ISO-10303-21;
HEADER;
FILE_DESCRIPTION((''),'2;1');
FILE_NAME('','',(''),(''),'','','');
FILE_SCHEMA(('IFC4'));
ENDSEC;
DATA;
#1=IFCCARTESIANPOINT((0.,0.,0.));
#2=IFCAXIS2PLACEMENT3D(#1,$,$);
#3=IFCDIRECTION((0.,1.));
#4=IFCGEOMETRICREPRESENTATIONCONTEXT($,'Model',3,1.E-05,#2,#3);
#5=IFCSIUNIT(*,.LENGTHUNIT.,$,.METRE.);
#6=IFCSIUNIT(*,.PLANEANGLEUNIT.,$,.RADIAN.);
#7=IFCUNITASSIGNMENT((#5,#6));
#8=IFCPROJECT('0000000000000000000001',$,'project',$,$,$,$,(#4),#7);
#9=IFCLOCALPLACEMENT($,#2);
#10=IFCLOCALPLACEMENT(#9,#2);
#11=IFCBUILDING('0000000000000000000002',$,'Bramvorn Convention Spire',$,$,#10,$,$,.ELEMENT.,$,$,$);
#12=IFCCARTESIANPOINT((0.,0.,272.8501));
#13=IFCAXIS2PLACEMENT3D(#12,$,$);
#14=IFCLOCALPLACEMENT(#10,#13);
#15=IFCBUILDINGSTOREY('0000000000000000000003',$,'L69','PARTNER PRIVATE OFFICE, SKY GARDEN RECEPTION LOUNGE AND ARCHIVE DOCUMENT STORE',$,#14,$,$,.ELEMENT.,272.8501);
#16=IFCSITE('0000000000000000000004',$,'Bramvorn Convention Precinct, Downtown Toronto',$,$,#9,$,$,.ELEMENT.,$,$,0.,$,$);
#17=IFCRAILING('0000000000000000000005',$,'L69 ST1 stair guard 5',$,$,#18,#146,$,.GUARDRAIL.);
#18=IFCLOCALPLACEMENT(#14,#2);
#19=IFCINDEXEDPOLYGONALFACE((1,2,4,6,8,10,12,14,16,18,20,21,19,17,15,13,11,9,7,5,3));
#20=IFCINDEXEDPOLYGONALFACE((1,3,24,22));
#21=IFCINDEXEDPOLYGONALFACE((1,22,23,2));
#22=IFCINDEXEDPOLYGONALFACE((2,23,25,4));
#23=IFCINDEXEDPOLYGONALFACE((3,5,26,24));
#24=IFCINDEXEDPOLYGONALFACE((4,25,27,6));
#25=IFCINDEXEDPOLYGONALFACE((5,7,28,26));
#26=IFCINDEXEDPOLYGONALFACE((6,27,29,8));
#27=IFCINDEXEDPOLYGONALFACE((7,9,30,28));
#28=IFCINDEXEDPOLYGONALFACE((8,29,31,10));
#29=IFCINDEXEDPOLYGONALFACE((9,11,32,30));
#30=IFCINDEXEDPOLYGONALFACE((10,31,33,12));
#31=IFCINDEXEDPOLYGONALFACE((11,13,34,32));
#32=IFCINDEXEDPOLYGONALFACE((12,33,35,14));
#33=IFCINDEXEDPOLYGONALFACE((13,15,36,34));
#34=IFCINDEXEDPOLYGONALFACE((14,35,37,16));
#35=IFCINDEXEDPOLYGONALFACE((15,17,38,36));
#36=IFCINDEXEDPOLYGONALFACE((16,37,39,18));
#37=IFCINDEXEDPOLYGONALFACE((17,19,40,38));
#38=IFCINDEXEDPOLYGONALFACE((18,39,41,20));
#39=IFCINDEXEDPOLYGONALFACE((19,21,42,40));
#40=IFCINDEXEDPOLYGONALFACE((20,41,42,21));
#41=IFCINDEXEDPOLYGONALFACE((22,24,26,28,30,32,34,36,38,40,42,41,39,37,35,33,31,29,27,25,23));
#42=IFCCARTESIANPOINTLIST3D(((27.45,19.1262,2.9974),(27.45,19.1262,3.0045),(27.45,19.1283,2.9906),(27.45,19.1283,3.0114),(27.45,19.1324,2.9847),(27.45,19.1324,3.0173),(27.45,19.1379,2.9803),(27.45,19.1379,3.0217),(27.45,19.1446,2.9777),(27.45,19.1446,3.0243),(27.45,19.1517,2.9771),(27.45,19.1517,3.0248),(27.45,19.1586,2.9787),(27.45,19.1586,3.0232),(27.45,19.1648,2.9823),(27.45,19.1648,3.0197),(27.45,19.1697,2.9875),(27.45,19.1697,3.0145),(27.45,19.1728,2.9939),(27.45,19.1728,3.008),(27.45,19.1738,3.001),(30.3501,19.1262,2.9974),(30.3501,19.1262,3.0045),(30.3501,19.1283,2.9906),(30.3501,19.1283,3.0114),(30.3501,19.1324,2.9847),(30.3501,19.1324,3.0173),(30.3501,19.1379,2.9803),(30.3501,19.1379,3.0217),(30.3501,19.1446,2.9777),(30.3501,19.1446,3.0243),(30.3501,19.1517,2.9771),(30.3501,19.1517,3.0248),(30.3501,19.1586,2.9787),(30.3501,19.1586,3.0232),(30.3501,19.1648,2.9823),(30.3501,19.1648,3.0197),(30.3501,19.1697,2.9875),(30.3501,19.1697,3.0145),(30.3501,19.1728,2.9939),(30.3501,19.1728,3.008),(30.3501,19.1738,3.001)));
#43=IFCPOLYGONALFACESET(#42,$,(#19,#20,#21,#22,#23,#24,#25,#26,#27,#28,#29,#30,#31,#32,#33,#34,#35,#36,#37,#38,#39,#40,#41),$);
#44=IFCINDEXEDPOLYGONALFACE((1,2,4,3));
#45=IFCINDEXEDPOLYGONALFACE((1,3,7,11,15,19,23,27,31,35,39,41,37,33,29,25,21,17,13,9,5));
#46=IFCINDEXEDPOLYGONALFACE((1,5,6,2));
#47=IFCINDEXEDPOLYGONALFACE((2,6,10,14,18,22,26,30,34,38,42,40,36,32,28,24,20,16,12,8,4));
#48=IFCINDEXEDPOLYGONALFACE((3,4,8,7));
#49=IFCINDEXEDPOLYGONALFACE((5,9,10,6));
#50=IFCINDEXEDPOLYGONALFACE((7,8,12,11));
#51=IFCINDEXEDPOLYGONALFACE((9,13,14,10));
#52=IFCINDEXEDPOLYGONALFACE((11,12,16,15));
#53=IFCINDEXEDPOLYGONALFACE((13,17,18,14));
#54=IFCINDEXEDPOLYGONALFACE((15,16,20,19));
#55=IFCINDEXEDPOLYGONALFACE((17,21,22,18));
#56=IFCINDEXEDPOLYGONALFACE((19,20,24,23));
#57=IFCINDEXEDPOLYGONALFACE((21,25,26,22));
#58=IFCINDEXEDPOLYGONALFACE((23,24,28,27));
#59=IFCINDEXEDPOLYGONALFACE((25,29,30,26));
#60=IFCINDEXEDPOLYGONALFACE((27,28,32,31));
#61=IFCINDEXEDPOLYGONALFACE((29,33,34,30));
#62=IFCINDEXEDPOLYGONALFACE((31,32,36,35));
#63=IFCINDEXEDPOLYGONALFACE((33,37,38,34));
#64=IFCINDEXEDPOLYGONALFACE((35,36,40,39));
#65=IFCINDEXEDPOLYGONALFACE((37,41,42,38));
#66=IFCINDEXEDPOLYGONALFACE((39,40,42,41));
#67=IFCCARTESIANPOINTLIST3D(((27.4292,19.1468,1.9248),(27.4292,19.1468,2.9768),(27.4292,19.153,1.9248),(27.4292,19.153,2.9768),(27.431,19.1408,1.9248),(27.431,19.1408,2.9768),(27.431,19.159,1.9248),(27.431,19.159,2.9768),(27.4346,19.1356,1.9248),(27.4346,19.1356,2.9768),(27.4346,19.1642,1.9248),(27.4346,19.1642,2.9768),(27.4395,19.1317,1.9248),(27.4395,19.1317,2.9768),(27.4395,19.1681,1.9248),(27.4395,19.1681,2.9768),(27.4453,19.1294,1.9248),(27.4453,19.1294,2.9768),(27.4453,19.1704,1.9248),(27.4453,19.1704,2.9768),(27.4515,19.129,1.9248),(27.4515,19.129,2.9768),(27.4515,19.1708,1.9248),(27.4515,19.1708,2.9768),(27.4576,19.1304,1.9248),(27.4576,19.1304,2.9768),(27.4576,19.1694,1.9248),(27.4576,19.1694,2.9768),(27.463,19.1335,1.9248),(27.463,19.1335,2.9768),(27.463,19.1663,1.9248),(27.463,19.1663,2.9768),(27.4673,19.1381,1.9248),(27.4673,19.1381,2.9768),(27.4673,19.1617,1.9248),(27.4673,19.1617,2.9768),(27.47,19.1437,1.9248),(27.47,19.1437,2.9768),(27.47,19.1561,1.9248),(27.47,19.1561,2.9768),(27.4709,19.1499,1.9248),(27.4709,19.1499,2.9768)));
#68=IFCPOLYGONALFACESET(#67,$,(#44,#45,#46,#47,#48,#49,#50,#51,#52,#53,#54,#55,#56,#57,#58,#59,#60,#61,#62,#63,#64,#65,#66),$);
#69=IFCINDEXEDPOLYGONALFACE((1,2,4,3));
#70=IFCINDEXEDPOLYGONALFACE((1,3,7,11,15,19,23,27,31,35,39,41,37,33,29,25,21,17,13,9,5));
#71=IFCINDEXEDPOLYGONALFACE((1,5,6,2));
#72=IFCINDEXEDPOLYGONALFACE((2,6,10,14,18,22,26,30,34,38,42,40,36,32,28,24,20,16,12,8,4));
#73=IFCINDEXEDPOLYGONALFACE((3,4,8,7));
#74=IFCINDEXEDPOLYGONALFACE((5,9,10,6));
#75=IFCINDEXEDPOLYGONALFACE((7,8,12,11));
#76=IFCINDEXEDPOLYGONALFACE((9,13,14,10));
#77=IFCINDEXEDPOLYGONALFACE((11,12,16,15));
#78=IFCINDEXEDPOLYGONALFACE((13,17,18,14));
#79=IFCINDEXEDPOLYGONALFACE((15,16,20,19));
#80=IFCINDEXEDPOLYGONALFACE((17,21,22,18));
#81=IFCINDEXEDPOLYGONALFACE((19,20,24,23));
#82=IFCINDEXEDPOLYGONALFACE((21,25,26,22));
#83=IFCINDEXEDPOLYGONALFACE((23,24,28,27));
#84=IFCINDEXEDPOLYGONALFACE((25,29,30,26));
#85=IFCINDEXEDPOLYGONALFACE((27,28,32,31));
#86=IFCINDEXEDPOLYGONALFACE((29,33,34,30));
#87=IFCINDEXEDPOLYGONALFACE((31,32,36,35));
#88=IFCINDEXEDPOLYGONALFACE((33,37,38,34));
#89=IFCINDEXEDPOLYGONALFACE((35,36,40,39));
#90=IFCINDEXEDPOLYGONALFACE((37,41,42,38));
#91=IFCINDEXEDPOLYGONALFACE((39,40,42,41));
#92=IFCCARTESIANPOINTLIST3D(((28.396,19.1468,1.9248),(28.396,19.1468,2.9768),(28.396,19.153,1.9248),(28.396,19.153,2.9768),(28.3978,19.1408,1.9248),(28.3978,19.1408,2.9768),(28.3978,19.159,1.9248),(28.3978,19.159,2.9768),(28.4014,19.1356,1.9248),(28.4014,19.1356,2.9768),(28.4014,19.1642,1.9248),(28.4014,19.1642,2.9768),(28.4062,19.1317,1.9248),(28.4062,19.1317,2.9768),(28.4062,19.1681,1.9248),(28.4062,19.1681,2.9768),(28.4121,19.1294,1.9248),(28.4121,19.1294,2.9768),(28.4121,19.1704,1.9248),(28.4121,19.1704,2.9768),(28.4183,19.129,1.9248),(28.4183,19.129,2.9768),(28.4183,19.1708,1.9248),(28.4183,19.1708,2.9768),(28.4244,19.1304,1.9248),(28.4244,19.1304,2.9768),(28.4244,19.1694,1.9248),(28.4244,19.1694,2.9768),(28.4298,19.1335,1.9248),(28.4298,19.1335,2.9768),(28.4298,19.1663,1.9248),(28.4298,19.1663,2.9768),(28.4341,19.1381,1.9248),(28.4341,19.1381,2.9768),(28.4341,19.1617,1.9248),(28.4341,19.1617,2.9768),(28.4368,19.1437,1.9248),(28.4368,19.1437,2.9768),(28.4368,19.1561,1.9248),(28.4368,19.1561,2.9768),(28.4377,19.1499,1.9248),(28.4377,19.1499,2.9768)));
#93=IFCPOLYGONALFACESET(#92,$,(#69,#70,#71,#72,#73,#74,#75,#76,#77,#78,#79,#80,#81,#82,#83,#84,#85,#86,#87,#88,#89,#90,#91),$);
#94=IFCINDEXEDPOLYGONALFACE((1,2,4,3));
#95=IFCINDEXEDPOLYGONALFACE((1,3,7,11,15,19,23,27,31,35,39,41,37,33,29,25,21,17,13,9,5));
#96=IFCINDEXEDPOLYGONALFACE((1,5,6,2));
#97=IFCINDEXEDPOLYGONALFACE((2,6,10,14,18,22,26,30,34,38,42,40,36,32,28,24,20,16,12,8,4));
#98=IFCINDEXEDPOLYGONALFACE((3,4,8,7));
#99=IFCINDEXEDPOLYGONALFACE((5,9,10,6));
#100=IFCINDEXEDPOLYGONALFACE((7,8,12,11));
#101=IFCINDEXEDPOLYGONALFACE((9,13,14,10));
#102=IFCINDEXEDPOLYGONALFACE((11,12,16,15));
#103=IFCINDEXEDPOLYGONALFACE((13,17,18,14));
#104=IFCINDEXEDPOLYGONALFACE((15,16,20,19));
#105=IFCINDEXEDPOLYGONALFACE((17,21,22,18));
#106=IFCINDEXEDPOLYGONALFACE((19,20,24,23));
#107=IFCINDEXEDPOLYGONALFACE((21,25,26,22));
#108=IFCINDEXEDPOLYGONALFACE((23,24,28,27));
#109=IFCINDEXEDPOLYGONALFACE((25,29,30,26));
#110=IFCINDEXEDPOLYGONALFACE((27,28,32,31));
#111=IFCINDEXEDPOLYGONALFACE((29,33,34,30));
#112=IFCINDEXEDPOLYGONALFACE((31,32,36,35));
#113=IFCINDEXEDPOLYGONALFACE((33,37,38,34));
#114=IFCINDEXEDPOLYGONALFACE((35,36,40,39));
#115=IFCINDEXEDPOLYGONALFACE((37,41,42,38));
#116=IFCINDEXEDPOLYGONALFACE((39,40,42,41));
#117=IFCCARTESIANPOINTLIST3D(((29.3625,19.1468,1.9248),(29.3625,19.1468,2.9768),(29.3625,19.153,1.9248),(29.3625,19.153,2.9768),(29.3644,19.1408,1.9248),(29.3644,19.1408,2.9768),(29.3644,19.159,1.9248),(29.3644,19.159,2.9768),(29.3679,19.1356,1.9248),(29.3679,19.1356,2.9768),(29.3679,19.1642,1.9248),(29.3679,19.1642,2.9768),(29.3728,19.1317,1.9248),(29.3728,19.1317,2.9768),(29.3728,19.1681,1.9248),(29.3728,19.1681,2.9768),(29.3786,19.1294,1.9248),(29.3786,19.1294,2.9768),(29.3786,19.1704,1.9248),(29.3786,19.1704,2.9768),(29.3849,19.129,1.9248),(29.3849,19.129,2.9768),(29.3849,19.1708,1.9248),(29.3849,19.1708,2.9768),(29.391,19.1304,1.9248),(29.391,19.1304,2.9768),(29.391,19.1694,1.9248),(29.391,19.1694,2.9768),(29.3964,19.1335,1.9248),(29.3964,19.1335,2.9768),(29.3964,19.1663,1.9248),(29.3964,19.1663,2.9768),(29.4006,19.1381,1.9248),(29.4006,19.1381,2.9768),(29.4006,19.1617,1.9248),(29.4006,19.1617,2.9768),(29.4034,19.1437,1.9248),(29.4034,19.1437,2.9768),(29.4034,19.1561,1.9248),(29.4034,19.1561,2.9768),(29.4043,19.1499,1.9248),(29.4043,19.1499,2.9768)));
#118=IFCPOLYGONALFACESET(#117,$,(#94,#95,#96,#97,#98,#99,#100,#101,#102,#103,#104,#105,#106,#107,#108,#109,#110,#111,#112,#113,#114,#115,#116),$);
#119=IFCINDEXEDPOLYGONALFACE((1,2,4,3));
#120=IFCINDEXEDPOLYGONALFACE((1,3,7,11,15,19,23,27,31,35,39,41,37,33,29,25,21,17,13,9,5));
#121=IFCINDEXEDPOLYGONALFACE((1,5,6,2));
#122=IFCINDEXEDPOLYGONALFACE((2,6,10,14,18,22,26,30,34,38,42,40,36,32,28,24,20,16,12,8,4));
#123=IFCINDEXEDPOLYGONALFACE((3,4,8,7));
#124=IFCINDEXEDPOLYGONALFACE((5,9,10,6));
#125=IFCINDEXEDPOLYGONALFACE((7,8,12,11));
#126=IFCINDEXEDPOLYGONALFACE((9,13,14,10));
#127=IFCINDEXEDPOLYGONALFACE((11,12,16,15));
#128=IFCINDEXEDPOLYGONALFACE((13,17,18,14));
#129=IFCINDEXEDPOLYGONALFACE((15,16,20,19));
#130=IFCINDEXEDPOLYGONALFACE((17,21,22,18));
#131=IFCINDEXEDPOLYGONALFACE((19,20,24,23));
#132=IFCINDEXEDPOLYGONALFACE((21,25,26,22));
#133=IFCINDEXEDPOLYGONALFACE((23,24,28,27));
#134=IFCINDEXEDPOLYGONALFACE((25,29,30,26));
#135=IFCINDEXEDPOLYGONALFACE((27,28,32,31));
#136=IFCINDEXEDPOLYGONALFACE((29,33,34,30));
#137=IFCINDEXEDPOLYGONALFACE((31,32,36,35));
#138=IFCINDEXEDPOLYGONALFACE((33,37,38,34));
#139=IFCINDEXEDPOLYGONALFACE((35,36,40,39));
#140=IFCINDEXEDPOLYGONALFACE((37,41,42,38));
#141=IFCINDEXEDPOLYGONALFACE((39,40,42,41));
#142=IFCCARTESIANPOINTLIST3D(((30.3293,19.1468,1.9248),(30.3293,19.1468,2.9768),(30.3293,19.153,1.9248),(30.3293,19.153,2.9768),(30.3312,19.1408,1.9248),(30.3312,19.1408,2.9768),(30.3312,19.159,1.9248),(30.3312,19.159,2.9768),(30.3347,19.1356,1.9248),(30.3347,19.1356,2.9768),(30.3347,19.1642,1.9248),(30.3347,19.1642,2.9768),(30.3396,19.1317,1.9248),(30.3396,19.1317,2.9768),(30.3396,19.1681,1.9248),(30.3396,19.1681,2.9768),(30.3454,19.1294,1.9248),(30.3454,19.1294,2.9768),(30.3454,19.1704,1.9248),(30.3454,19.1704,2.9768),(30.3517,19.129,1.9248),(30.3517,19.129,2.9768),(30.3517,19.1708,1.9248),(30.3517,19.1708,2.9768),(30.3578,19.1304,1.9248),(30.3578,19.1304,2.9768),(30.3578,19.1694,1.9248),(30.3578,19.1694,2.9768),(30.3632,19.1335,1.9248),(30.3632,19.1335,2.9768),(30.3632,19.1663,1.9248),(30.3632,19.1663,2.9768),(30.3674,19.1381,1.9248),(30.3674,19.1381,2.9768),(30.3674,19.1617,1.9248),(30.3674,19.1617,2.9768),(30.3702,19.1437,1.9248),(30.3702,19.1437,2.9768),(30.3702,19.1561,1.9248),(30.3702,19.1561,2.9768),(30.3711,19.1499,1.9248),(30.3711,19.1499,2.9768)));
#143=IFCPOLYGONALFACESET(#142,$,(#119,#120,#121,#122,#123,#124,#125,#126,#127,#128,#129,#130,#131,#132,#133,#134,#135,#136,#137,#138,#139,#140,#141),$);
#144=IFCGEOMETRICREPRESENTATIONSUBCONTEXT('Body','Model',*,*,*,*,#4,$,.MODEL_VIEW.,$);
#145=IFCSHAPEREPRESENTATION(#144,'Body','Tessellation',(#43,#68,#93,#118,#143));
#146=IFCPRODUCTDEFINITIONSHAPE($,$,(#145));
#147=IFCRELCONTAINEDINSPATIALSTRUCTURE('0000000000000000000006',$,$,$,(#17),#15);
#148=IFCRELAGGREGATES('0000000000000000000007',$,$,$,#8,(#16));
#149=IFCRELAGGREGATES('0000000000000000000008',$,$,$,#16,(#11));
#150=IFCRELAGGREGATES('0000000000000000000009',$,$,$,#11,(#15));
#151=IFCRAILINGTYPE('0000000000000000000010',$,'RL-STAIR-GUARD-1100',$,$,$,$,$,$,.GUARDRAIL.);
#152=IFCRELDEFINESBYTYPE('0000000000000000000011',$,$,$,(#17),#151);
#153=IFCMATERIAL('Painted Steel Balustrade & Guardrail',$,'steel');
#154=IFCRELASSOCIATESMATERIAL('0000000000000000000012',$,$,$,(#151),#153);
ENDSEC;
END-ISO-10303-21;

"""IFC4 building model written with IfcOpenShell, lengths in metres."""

from ifc_helpers import new_model, si_unit, direction, frame, origin, origin_2d, place, context, subcontext, project, spatial, circle, extrude, material, type_object, element, save


model = new_model("IFC4")

# Units and contexts
model_context = context("Model", 3, precision=1e-05, world=origin(), true_north=direction((0.0, 1.0)))
body_context = subcontext(model_context, "Body", "Model", "MODEL_VIEW")
ifc_project = project(units=[si_unit("LENGTHUNIT", "METRE"), si_unit("PLANEANGLEUNIT", "RADIAN")], contexts=[model_context])

# Site, building, storey
site_placement = place(None, origin())
site = spatial("IfcSite", under=ifc_project, at=site_placement, Name="Bramvorn Convention Precinct, Downtown Toronto", CompositionType="ELEMENT", RefElevation=0.0)
building_placement = place(site_placement, origin())
building = spatial("IfcBuilding", under=site, at=building_placement, Name="Bramvorn Convention Spire", CompositionType="ELEMENT")
storey_placement = place(building_placement, frame((0.0, 0.0, 272.8501)))
storey = spatial("IfcBuildingStorey", under=building, at=storey_placement, Name="L69", Description="PARTNER PRIVATE OFFICE, SKY GARDEN RECEPTION LOUNGE AND ARCHIVE DOCUMENT STORE", CompositionType="ELEMENT", Elevation=272.8501)

# Railing
ifc_material_1 = material(Name="Painted Steel Balustrade & Guardrail", Category="steel")
railing_type_1 = type_object("IfcRailingType", Name="RL-STAIR-GUARD-1100", PredefinedType="GUARDRAIL", material=ifc_material_1)
railing_1_placement = place(storey_placement, frame((27.45, 19.1499, 1.9248)))
element("IfcRailing", 1, at=railing_1_placement, inside=storey, type_object=railing_type_1, Name="L69 ST1 stair guard 5", PredefinedType="GUARDRAIL", context=body_context, shape_type="SweptSolid", body=[
    extrude(circle(Radius=0.0239, at=origin_2d()), frame((0.0, 0.0, 1.0762), z_axis=(1.0, 0.0, 0.0), x_axis=(0.0, 1.0, 0.0)), (0.0, 0.0, 1.0), 2.9001),
    extrude(circle(Radius=0.021, at=origin_2d()), origin(), (0.0, 0.0, 1.0), 1.052),
    extrude(circle(Radius=0.021, at=origin_2d()), frame((0.9668, 0.0, 0.0)), (0.0, 0.0, 1.0), 1.052),
    extrude(circle(Radius=0.021, at=origin_2d()), frame((1.9333, 0.0, 0.0)), (0.0, 0.0, 1.0), 1.052),
    extrude(circle(Radius=0.021, at=origin_2d()), frame((2.9001, 0.0, 0.0)), (0.0, 0.0, 1.0), 1.052),
])

save(model, "model.ifc")
